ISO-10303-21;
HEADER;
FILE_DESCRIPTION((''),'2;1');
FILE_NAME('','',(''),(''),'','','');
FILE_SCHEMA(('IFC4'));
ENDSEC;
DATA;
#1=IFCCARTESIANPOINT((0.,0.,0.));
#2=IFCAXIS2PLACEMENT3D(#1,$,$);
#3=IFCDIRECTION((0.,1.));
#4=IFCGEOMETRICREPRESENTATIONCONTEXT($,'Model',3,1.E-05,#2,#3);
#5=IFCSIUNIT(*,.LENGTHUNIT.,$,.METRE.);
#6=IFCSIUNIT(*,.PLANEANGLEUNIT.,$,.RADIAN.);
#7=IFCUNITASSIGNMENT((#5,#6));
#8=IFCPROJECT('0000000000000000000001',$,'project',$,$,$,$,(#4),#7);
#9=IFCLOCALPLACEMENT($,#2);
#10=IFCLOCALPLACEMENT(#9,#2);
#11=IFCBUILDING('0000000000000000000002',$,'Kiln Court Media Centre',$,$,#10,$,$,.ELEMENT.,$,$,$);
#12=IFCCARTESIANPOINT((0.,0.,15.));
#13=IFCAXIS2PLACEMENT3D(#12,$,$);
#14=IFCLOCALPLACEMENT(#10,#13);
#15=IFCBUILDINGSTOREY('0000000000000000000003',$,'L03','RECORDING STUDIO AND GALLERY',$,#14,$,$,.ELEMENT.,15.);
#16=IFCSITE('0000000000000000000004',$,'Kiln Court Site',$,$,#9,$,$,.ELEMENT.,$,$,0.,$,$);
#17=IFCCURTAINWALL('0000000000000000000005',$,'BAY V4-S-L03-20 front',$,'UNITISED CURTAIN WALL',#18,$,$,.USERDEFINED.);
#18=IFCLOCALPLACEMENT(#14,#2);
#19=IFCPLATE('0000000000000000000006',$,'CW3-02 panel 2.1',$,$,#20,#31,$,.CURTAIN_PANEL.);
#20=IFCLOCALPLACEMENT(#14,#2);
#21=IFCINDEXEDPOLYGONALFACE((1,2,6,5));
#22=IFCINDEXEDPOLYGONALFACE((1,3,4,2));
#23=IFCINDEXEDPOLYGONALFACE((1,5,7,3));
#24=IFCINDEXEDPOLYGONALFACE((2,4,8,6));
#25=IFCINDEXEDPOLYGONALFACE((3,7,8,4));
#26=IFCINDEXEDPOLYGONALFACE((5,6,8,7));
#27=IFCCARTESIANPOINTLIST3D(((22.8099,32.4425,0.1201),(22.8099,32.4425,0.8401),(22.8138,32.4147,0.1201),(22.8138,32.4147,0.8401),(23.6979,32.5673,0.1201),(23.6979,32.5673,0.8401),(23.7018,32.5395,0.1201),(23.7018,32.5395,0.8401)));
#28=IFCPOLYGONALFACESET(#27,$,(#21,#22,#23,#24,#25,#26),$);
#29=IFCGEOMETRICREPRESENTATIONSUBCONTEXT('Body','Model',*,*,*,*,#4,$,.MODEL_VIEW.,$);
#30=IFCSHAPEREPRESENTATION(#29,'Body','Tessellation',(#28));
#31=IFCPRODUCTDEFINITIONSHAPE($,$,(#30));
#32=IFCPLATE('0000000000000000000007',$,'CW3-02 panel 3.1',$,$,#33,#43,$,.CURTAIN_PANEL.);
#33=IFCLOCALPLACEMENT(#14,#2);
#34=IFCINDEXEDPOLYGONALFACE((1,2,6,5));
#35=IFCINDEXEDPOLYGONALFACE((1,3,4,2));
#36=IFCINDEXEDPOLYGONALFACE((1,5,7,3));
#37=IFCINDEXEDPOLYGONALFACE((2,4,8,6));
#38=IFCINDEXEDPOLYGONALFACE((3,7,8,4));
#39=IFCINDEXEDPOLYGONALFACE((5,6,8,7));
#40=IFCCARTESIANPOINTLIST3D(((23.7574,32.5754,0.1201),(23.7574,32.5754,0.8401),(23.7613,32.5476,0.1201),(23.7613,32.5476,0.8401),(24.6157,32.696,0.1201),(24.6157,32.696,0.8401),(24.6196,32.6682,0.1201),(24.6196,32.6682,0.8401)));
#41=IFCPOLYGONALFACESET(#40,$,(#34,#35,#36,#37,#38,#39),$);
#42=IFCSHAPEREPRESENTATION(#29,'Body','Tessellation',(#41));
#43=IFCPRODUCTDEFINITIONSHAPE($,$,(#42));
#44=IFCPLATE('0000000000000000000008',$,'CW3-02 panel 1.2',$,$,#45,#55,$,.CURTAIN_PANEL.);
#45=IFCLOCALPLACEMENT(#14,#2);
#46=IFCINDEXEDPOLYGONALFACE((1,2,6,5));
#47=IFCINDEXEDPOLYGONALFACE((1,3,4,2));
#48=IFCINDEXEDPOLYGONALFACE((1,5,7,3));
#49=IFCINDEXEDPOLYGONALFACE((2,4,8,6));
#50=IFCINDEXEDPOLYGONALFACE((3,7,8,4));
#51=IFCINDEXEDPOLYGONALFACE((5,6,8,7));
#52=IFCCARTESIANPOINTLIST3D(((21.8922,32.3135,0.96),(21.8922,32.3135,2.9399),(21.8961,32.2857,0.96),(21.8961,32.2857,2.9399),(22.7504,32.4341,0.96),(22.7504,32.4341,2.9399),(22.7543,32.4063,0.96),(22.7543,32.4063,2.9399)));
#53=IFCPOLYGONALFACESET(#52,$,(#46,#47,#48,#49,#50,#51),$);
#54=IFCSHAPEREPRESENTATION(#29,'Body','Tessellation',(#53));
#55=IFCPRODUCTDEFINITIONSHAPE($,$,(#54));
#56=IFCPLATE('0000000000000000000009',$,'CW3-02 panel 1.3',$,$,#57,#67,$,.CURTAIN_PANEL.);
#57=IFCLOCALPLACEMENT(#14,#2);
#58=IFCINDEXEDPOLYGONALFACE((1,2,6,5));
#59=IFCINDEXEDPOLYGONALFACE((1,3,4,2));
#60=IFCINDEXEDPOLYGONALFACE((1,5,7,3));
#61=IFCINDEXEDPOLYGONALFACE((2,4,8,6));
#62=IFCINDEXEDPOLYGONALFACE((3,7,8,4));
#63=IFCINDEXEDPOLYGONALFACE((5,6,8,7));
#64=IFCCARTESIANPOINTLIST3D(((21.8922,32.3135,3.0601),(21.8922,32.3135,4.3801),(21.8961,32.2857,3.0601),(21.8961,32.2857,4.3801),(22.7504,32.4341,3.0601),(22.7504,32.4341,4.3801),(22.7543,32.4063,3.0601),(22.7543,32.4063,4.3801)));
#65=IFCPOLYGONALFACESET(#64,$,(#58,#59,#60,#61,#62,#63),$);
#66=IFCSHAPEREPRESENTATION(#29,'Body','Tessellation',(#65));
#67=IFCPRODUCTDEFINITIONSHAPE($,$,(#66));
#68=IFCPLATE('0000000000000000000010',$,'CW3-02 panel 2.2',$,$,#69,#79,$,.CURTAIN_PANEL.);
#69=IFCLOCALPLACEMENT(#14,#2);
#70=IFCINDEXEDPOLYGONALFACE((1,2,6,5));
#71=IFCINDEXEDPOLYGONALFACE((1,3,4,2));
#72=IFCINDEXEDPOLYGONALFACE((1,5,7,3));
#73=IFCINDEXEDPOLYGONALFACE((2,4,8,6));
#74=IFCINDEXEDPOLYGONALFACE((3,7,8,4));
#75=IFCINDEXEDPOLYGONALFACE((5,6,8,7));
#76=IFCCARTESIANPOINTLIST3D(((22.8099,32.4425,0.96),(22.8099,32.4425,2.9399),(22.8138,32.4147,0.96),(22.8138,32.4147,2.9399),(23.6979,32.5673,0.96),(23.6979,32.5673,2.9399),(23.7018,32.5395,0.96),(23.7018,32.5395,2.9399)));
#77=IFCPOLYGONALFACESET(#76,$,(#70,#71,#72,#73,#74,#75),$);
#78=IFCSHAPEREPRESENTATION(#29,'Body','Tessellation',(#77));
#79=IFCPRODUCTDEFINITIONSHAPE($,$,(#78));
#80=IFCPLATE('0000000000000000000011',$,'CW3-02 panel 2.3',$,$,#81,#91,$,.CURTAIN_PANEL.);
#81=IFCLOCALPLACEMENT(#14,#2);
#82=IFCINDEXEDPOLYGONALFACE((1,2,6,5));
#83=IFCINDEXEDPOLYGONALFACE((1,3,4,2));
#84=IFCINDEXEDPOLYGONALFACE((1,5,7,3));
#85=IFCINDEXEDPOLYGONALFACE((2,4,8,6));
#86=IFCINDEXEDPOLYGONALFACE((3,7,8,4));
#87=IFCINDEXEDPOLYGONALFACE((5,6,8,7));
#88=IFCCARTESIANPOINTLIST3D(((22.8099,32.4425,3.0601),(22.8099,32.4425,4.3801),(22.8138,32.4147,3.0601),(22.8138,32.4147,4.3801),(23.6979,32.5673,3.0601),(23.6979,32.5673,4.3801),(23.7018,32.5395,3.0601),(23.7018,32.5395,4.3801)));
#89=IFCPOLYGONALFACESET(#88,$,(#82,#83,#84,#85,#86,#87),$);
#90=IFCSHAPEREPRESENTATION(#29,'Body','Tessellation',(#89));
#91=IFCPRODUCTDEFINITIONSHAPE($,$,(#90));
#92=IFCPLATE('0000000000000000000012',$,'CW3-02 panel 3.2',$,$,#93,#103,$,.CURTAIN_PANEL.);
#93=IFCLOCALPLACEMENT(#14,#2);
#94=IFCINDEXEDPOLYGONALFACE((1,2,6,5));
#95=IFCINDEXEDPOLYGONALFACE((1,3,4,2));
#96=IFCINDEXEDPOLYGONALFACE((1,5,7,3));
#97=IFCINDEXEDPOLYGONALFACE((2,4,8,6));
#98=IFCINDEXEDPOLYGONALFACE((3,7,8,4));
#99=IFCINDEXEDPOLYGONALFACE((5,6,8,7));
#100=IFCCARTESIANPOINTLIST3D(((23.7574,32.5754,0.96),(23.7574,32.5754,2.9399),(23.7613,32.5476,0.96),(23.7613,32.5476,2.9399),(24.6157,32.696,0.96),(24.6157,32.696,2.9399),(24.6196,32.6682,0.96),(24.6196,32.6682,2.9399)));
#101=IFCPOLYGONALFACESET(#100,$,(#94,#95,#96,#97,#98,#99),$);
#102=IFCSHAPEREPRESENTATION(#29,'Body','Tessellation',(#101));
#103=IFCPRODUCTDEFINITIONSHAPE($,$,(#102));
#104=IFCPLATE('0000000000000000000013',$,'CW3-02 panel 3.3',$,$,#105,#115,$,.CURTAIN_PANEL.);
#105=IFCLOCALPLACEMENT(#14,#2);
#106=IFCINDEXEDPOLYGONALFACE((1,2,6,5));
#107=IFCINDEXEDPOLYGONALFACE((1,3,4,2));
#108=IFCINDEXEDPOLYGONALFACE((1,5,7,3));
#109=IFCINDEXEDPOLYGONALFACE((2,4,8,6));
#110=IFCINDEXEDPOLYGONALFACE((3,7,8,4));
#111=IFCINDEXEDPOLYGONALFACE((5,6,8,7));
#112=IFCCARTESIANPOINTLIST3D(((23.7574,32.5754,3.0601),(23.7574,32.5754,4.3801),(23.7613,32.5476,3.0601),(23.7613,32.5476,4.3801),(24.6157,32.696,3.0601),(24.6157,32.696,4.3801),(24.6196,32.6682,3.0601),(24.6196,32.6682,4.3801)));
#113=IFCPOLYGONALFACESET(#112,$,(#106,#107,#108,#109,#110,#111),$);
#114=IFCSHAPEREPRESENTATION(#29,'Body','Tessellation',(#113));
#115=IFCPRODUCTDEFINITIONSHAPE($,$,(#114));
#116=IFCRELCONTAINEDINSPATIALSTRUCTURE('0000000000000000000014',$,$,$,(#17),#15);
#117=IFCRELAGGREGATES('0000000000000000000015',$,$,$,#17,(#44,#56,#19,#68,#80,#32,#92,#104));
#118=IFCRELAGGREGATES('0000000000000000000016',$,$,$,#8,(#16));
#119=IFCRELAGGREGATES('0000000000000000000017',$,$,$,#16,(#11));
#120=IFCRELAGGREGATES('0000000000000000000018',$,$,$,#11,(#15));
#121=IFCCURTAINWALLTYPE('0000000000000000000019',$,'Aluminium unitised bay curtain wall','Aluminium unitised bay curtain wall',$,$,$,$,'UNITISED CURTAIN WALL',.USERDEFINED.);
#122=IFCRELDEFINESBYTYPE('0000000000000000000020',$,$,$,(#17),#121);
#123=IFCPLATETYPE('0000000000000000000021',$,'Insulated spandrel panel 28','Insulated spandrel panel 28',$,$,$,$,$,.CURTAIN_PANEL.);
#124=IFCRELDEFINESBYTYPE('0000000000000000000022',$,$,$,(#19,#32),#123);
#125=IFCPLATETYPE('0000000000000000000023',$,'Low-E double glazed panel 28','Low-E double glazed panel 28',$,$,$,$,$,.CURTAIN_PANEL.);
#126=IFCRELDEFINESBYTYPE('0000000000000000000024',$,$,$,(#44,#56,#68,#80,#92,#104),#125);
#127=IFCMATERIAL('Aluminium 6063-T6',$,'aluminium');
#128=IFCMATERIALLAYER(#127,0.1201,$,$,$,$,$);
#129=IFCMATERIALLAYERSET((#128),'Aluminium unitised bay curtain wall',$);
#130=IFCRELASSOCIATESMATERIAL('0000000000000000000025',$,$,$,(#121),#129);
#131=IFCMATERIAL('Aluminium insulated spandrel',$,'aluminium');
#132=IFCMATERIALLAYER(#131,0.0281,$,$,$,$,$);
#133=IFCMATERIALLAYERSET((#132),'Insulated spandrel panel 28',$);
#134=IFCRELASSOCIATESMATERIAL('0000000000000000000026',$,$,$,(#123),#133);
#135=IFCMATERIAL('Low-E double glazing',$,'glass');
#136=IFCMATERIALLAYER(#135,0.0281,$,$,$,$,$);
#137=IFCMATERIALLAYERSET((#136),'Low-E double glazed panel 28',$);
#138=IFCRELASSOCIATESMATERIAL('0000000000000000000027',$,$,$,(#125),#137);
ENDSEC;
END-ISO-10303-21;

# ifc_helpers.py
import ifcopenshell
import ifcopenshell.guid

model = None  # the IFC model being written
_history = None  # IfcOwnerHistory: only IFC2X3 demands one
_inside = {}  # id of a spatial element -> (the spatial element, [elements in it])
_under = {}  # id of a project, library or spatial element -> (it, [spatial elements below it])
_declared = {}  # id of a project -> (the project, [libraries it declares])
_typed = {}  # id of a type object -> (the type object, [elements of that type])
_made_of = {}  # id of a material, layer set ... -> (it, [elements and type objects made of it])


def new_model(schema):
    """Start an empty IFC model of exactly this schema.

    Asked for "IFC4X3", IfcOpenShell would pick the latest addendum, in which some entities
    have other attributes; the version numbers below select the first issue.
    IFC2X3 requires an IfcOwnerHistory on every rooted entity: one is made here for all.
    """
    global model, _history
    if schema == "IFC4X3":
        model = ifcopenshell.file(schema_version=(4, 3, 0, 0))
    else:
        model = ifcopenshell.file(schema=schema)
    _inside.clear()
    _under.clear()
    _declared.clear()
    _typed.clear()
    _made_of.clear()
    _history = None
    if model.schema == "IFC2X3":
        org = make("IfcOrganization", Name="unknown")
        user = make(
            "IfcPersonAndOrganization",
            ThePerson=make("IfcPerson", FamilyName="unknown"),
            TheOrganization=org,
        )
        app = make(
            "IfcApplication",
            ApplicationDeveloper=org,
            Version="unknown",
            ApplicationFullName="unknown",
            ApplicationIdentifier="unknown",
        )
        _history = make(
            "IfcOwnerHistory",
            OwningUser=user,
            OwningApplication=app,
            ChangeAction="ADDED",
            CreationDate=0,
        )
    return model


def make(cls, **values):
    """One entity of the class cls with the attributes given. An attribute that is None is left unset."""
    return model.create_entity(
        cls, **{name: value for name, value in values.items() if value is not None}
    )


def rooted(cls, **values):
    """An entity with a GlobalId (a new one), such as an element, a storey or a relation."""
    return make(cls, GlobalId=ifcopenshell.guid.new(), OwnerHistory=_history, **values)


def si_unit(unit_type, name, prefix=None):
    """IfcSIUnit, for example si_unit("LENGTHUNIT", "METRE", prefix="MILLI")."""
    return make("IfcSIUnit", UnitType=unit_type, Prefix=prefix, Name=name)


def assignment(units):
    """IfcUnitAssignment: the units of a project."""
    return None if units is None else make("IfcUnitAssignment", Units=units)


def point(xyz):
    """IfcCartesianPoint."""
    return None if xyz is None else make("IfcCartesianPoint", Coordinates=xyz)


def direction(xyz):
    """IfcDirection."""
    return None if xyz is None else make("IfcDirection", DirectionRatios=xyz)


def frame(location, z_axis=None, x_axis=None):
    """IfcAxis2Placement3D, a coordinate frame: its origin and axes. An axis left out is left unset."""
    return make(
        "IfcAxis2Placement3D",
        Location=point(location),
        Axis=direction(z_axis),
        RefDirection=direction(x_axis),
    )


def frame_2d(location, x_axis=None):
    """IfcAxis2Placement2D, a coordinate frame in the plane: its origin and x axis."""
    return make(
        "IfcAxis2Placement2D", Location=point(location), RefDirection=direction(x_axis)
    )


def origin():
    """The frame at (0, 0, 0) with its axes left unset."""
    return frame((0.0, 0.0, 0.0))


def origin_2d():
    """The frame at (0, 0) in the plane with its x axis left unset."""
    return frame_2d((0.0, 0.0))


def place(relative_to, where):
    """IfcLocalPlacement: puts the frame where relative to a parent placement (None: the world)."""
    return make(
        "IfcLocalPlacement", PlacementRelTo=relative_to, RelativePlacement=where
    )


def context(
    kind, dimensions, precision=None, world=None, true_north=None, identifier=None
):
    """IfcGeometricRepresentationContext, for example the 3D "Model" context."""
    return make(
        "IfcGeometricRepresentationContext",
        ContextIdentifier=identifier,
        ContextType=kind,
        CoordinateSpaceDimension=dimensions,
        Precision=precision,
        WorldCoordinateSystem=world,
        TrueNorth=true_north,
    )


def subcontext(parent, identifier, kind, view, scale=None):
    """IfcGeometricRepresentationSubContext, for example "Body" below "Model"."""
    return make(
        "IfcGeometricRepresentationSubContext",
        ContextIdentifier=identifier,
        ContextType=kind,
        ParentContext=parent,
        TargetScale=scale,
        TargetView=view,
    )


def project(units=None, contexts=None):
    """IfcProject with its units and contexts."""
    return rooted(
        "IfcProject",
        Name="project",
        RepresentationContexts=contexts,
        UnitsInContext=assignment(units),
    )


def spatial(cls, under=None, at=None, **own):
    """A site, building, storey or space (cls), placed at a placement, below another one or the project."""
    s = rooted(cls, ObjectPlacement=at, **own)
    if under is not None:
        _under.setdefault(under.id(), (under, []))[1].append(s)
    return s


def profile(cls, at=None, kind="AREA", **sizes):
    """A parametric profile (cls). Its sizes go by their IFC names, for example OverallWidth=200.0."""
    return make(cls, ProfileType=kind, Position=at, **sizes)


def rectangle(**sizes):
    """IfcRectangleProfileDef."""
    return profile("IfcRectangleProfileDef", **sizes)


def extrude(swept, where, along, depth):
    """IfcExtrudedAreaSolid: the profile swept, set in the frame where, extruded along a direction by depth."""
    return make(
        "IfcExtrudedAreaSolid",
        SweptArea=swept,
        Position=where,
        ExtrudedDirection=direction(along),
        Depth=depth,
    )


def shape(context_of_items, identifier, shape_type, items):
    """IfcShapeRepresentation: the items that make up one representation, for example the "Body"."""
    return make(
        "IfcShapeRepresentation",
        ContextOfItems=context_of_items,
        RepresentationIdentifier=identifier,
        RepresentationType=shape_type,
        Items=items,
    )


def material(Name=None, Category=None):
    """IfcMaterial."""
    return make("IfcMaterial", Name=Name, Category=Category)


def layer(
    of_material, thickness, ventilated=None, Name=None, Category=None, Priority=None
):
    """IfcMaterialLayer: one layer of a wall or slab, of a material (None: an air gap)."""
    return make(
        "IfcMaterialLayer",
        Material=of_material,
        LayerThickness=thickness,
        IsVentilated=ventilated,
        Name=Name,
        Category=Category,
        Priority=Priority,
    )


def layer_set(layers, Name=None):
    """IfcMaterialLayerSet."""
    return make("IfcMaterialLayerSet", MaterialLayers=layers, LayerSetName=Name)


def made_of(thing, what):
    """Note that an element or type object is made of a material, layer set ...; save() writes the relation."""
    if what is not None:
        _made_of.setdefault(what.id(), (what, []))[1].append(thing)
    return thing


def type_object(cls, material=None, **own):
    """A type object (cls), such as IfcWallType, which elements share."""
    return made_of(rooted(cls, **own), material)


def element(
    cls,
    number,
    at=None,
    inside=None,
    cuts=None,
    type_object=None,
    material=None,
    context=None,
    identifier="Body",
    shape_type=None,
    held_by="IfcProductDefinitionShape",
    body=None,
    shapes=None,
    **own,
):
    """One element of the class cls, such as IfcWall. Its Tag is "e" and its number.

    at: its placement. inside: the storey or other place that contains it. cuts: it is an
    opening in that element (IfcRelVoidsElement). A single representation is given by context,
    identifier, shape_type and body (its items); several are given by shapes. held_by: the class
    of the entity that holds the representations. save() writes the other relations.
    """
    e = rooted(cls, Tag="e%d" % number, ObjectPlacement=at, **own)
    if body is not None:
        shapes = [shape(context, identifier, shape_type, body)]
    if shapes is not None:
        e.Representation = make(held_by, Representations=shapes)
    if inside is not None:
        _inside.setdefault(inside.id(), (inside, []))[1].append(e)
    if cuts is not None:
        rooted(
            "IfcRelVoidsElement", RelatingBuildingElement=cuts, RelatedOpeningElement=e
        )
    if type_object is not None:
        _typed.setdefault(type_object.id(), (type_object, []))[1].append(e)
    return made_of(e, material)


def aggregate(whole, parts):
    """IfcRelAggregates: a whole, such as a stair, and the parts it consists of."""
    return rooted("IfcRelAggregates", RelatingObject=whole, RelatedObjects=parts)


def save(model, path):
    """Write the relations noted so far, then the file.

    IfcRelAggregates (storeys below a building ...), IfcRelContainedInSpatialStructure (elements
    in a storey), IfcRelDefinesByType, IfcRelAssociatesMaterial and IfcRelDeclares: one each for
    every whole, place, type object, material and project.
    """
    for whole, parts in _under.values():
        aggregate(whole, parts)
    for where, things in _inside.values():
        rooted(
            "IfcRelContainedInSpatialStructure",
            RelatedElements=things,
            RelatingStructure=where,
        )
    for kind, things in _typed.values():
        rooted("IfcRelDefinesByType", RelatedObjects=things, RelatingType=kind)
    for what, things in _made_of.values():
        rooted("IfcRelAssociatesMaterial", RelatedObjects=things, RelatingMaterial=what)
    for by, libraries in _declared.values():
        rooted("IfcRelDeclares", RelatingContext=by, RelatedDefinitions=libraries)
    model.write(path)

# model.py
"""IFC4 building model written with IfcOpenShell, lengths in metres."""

from ifc_helpers import new_model, si_unit, direction, frame, origin, origin_2d, place, context, subcontext, project, spatial, rectangle, extrude, material, layer, layer_set, type_object, element, aggregate, save


model = new_model("IFC4")

# Units and contexts
model_context = context("Model", 3, precision=1e-05, world=origin(), true_north=direction((0.0, 1.0)))
body_context = subcontext(model_context, "Body", "Model", "MODEL_VIEW")
ifc_project = project(units=[si_unit("LENGTHUNIT", "METRE"), si_unit("PLANEANGLEUNIT", "RADIAN")], contexts=[model_context])

# Site, building, storey
site_placement = place(None, origin())
site = spatial("IfcSite", under=ifc_project, at=site_placement, Name="Kiln Court Site", CompositionType="ELEMENT", RefElevation=0.0)
building_placement = place(site_placement, origin())
building = spatial("IfcBuilding", under=site, at=building_placement, Name="Kiln Court Media Centre", CompositionType="ELEMENT")
storey_placement = place(building_placement, frame((0.0, 0.0, 15.0)))
storey = spatial("IfcBuildingStorey", under=building, at=storey_placement, Name="L03", Description="RECORDING STUDIO AND GALLERY", CompositionType="ELEMENT", Elevation=15.0)

# Curtain wall, plates
ifc_material_1 = material(Name="Aluminium 6063-T6", Category="aluminium")
ifc_layer_1 = layer(ifc_material_1, 0.1201)
ifc_layer_set_1 = layer_set([ifc_layer_1], Name="Aluminium unitised bay curtain wall")
curtain_wall_type = type_object("IfcCurtainWallType", Name="Aluminium unitised bay curtain wall", Description="Aluminium unitised bay curtain wall", ElementType="UNITISED CURTAIN WALL", PredefinedType="USERDEFINED", material=ifc_layer_set_1)
curtain_wall_placement = place(storey_placement, origin())
curtain_wall = element("IfcCurtainWall", 1, at=curtain_wall_placement, inside=storey, type_object=curtain_wall_type, Name="BAY V4-S-L03-20 front", ObjectType="UNITISED CURTAIN WALL", PredefinedType="USERDEFINED")
ifc_material_2 = material(Name="Aluminium insulated spandrel", Category="aluminium")
ifc_layer_2 = layer(ifc_material_2, 0.0281)
ifc_layer_set_2 = layer_set([ifc_layer_2], Name="Insulated spandrel panel 28")
plate_type_1 = type_object("IfcPlateType", Name="Insulated spandrel panel 28", Description="Insulated spandrel panel 28", PredefinedType="CURTAIN_PANEL", material=ifc_layer_set_2)
plate_1_placement = place(storey_placement, frame((23.2559, 32.491, 0.1201), z_axis=(0.0, 0.0, 1.0), x_axis=(0.99027, 0.139162, 0.0)))
plate_1 = element("IfcPlate", 2, at=plate_1_placement, type_object=plate_type_1, Name="CW3-02 panel 2.1", PredefinedType="CURTAIN_PANEL", context=body_context, shape_type="SweptSolid", body=[
    extrude(rectangle(XDim=0.8967, YDim=0.0281, at=origin_2d()), origin(), (0.0, 0.0, 1.0), 0.72),
])
plate_2_placement = place(storey_placement, frame((24.1885, 32.6218, 0.1201), z_axis=(0.0, 0.0, 1.0), x_axis=(0.99027, 0.139162, 0.0)))
plate_2 = element("IfcPlate", 3, at=plate_2_placement, type_object=plate_type_1, Name="CW3-02 panel 3.1", PredefinedType="CURTAIN_PANEL", context=body_context, shape_type="SweptSolid", body=[
    extrude(rectangle(XDim=0.8667, YDim=0.0281, at=origin_2d()), origin(), (0.0, 0.0, 1.0), 0.72),
])
ifc_material_3 = material(Name="Low-E double glazing", Category="glass")
ifc_layer_3 = layer(ifc_material_3, 0.0281)
ifc_layer_set_3 = layer_set([ifc_layer_3], Name="Low-E double glazed panel 28")
plate_type_2 = type_object("IfcPlateType", Name="Low-E double glazed panel 28", Description="Low-E double glazed panel 28", PredefinedType="CURTAIN_PANEL", material=ifc_layer_set_3)
plate_3_placement = place(storey_placement, frame((22.3232, 32.3599, 0.96), z_axis=(0.0, 0.0, 1.0), x_axis=(0.99027, 0.139162, 0.0)))
plate_3 = element("IfcPlate", 4, at=plate_3_placement, type_object=plate_type_2, Name="CW3-02 panel 1.2", PredefinedType="CURTAIN_PANEL", context=body_context, shape_type="SweptSolid", body=[
    extrude(rectangle(XDim=0.8667, YDim=0.0281, at=origin_2d()), origin(), (0.0, 0.0, 1.0), 1.98),
])
plate_4_placement = place(storey_placement, frame((22.3232, 32.3599, 3.0601), z_axis=(0.0, 0.0, 1.0), x_axis=(0.99027, 0.139162, 0.0)))
plate_4 = element("IfcPlate", 5, at=plate_4_placement, type_object=plate_type_2, Name="CW3-02 panel 1.3", PredefinedType="CURTAIN_PANEL", context=body_context, shape_type="SweptSolid", body=[
    extrude(rectangle(XDim=0.8667, YDim=0.0281, at=origin_2d()), origin(), (0.0, 0.0, 1.0), 1.3201),
])
plate_5_placement = place(storey_placement, frame((23.2559, 32.491, 0.96), z_axis=(0.0, 0.0, 1.0), x_axis=(0.99027, 0.139162, 0.0)))
plate_5 = element("IfcPlate", 6, at=plate_5_placement, type_object=plate_type_2, Name="CW3-02 panel 2.2", PredefinedType="CURTAIN_PANEL", context=body_context, shape_type="SweptSolid", body=[
    extrude(rectangle(XDim=0.8967, YDim=0.0281, at=origin_2d()), origin(), (0.0, 0.0, 1.0), 1.98),
])
plate_6_placement = place(storey_placement, frame((23.2559, 32.491, 3.0601), z_axis=(0.0, 0.0, 1.0), x_axis=(0.99027, 0.139162, 0.0)))
plate_6 = element("IfcPlate", 7, at=plate_6_placement, type_object=plate_type_2, Name="CW3-02 panel 2.3", PredefinedType="CURTAIN_PANEL", context=body_context, shape_type="SweptSolid", body=[
    extrude(rectangle(XDim=0.8967, YDim=0.0281, at=origin_2d()), origin(), (0.0, 0.0, 1.0), 1.3201),
])
plate_7_placement = place(storey_placement, frame((24.1885, 32.6218, 0.96), z_axis=(0.0, 0.0, 1.0), x_axis=(0.99027, 0.139162, 0.0)))
plate_7 = element("IfcPlate", 8, at=plate_7_placement, type_object=plate_type_2, Name="CW3-02 panel 3.2", PredefinedType="CURTAIN_PANEL", context=body_context, shape_type="SweptSolid", body=[
    extrude(rectangle(XDim=0.8667, YDim=0.0281, at=origin_2d()), origin(), (0.0, 0.0, 1.0), 1.98),
])
plate_8_placement = place(storey_placement, frame((24.1885, 32.6218, 3.0601), z_axis=(0.0, 0.0, 1.0), x_axis=(0.99027, 0.139162, 0.0)))
plate_8 = element("IfcPlate", 9, at=plate_8_placement, type_object=plate_type_2, Name="CW3-02 panel 3.3", PredefinedType="CURTAIN_PANEL", context=body_context, shape_type="SweptSolid", body=[
    extrude(rectangle(XDim=0.8667, YDim=0.0281, at=origin_2d()), origin(), (0.0, 0.0, 1.0), 1.3201),
])
aggregate(curtain_wall, [plate_3, plate_4, plate_1, plate_5, plate_6, plate_2, plate_7, plate_8])

save(model, "model.ifc")
